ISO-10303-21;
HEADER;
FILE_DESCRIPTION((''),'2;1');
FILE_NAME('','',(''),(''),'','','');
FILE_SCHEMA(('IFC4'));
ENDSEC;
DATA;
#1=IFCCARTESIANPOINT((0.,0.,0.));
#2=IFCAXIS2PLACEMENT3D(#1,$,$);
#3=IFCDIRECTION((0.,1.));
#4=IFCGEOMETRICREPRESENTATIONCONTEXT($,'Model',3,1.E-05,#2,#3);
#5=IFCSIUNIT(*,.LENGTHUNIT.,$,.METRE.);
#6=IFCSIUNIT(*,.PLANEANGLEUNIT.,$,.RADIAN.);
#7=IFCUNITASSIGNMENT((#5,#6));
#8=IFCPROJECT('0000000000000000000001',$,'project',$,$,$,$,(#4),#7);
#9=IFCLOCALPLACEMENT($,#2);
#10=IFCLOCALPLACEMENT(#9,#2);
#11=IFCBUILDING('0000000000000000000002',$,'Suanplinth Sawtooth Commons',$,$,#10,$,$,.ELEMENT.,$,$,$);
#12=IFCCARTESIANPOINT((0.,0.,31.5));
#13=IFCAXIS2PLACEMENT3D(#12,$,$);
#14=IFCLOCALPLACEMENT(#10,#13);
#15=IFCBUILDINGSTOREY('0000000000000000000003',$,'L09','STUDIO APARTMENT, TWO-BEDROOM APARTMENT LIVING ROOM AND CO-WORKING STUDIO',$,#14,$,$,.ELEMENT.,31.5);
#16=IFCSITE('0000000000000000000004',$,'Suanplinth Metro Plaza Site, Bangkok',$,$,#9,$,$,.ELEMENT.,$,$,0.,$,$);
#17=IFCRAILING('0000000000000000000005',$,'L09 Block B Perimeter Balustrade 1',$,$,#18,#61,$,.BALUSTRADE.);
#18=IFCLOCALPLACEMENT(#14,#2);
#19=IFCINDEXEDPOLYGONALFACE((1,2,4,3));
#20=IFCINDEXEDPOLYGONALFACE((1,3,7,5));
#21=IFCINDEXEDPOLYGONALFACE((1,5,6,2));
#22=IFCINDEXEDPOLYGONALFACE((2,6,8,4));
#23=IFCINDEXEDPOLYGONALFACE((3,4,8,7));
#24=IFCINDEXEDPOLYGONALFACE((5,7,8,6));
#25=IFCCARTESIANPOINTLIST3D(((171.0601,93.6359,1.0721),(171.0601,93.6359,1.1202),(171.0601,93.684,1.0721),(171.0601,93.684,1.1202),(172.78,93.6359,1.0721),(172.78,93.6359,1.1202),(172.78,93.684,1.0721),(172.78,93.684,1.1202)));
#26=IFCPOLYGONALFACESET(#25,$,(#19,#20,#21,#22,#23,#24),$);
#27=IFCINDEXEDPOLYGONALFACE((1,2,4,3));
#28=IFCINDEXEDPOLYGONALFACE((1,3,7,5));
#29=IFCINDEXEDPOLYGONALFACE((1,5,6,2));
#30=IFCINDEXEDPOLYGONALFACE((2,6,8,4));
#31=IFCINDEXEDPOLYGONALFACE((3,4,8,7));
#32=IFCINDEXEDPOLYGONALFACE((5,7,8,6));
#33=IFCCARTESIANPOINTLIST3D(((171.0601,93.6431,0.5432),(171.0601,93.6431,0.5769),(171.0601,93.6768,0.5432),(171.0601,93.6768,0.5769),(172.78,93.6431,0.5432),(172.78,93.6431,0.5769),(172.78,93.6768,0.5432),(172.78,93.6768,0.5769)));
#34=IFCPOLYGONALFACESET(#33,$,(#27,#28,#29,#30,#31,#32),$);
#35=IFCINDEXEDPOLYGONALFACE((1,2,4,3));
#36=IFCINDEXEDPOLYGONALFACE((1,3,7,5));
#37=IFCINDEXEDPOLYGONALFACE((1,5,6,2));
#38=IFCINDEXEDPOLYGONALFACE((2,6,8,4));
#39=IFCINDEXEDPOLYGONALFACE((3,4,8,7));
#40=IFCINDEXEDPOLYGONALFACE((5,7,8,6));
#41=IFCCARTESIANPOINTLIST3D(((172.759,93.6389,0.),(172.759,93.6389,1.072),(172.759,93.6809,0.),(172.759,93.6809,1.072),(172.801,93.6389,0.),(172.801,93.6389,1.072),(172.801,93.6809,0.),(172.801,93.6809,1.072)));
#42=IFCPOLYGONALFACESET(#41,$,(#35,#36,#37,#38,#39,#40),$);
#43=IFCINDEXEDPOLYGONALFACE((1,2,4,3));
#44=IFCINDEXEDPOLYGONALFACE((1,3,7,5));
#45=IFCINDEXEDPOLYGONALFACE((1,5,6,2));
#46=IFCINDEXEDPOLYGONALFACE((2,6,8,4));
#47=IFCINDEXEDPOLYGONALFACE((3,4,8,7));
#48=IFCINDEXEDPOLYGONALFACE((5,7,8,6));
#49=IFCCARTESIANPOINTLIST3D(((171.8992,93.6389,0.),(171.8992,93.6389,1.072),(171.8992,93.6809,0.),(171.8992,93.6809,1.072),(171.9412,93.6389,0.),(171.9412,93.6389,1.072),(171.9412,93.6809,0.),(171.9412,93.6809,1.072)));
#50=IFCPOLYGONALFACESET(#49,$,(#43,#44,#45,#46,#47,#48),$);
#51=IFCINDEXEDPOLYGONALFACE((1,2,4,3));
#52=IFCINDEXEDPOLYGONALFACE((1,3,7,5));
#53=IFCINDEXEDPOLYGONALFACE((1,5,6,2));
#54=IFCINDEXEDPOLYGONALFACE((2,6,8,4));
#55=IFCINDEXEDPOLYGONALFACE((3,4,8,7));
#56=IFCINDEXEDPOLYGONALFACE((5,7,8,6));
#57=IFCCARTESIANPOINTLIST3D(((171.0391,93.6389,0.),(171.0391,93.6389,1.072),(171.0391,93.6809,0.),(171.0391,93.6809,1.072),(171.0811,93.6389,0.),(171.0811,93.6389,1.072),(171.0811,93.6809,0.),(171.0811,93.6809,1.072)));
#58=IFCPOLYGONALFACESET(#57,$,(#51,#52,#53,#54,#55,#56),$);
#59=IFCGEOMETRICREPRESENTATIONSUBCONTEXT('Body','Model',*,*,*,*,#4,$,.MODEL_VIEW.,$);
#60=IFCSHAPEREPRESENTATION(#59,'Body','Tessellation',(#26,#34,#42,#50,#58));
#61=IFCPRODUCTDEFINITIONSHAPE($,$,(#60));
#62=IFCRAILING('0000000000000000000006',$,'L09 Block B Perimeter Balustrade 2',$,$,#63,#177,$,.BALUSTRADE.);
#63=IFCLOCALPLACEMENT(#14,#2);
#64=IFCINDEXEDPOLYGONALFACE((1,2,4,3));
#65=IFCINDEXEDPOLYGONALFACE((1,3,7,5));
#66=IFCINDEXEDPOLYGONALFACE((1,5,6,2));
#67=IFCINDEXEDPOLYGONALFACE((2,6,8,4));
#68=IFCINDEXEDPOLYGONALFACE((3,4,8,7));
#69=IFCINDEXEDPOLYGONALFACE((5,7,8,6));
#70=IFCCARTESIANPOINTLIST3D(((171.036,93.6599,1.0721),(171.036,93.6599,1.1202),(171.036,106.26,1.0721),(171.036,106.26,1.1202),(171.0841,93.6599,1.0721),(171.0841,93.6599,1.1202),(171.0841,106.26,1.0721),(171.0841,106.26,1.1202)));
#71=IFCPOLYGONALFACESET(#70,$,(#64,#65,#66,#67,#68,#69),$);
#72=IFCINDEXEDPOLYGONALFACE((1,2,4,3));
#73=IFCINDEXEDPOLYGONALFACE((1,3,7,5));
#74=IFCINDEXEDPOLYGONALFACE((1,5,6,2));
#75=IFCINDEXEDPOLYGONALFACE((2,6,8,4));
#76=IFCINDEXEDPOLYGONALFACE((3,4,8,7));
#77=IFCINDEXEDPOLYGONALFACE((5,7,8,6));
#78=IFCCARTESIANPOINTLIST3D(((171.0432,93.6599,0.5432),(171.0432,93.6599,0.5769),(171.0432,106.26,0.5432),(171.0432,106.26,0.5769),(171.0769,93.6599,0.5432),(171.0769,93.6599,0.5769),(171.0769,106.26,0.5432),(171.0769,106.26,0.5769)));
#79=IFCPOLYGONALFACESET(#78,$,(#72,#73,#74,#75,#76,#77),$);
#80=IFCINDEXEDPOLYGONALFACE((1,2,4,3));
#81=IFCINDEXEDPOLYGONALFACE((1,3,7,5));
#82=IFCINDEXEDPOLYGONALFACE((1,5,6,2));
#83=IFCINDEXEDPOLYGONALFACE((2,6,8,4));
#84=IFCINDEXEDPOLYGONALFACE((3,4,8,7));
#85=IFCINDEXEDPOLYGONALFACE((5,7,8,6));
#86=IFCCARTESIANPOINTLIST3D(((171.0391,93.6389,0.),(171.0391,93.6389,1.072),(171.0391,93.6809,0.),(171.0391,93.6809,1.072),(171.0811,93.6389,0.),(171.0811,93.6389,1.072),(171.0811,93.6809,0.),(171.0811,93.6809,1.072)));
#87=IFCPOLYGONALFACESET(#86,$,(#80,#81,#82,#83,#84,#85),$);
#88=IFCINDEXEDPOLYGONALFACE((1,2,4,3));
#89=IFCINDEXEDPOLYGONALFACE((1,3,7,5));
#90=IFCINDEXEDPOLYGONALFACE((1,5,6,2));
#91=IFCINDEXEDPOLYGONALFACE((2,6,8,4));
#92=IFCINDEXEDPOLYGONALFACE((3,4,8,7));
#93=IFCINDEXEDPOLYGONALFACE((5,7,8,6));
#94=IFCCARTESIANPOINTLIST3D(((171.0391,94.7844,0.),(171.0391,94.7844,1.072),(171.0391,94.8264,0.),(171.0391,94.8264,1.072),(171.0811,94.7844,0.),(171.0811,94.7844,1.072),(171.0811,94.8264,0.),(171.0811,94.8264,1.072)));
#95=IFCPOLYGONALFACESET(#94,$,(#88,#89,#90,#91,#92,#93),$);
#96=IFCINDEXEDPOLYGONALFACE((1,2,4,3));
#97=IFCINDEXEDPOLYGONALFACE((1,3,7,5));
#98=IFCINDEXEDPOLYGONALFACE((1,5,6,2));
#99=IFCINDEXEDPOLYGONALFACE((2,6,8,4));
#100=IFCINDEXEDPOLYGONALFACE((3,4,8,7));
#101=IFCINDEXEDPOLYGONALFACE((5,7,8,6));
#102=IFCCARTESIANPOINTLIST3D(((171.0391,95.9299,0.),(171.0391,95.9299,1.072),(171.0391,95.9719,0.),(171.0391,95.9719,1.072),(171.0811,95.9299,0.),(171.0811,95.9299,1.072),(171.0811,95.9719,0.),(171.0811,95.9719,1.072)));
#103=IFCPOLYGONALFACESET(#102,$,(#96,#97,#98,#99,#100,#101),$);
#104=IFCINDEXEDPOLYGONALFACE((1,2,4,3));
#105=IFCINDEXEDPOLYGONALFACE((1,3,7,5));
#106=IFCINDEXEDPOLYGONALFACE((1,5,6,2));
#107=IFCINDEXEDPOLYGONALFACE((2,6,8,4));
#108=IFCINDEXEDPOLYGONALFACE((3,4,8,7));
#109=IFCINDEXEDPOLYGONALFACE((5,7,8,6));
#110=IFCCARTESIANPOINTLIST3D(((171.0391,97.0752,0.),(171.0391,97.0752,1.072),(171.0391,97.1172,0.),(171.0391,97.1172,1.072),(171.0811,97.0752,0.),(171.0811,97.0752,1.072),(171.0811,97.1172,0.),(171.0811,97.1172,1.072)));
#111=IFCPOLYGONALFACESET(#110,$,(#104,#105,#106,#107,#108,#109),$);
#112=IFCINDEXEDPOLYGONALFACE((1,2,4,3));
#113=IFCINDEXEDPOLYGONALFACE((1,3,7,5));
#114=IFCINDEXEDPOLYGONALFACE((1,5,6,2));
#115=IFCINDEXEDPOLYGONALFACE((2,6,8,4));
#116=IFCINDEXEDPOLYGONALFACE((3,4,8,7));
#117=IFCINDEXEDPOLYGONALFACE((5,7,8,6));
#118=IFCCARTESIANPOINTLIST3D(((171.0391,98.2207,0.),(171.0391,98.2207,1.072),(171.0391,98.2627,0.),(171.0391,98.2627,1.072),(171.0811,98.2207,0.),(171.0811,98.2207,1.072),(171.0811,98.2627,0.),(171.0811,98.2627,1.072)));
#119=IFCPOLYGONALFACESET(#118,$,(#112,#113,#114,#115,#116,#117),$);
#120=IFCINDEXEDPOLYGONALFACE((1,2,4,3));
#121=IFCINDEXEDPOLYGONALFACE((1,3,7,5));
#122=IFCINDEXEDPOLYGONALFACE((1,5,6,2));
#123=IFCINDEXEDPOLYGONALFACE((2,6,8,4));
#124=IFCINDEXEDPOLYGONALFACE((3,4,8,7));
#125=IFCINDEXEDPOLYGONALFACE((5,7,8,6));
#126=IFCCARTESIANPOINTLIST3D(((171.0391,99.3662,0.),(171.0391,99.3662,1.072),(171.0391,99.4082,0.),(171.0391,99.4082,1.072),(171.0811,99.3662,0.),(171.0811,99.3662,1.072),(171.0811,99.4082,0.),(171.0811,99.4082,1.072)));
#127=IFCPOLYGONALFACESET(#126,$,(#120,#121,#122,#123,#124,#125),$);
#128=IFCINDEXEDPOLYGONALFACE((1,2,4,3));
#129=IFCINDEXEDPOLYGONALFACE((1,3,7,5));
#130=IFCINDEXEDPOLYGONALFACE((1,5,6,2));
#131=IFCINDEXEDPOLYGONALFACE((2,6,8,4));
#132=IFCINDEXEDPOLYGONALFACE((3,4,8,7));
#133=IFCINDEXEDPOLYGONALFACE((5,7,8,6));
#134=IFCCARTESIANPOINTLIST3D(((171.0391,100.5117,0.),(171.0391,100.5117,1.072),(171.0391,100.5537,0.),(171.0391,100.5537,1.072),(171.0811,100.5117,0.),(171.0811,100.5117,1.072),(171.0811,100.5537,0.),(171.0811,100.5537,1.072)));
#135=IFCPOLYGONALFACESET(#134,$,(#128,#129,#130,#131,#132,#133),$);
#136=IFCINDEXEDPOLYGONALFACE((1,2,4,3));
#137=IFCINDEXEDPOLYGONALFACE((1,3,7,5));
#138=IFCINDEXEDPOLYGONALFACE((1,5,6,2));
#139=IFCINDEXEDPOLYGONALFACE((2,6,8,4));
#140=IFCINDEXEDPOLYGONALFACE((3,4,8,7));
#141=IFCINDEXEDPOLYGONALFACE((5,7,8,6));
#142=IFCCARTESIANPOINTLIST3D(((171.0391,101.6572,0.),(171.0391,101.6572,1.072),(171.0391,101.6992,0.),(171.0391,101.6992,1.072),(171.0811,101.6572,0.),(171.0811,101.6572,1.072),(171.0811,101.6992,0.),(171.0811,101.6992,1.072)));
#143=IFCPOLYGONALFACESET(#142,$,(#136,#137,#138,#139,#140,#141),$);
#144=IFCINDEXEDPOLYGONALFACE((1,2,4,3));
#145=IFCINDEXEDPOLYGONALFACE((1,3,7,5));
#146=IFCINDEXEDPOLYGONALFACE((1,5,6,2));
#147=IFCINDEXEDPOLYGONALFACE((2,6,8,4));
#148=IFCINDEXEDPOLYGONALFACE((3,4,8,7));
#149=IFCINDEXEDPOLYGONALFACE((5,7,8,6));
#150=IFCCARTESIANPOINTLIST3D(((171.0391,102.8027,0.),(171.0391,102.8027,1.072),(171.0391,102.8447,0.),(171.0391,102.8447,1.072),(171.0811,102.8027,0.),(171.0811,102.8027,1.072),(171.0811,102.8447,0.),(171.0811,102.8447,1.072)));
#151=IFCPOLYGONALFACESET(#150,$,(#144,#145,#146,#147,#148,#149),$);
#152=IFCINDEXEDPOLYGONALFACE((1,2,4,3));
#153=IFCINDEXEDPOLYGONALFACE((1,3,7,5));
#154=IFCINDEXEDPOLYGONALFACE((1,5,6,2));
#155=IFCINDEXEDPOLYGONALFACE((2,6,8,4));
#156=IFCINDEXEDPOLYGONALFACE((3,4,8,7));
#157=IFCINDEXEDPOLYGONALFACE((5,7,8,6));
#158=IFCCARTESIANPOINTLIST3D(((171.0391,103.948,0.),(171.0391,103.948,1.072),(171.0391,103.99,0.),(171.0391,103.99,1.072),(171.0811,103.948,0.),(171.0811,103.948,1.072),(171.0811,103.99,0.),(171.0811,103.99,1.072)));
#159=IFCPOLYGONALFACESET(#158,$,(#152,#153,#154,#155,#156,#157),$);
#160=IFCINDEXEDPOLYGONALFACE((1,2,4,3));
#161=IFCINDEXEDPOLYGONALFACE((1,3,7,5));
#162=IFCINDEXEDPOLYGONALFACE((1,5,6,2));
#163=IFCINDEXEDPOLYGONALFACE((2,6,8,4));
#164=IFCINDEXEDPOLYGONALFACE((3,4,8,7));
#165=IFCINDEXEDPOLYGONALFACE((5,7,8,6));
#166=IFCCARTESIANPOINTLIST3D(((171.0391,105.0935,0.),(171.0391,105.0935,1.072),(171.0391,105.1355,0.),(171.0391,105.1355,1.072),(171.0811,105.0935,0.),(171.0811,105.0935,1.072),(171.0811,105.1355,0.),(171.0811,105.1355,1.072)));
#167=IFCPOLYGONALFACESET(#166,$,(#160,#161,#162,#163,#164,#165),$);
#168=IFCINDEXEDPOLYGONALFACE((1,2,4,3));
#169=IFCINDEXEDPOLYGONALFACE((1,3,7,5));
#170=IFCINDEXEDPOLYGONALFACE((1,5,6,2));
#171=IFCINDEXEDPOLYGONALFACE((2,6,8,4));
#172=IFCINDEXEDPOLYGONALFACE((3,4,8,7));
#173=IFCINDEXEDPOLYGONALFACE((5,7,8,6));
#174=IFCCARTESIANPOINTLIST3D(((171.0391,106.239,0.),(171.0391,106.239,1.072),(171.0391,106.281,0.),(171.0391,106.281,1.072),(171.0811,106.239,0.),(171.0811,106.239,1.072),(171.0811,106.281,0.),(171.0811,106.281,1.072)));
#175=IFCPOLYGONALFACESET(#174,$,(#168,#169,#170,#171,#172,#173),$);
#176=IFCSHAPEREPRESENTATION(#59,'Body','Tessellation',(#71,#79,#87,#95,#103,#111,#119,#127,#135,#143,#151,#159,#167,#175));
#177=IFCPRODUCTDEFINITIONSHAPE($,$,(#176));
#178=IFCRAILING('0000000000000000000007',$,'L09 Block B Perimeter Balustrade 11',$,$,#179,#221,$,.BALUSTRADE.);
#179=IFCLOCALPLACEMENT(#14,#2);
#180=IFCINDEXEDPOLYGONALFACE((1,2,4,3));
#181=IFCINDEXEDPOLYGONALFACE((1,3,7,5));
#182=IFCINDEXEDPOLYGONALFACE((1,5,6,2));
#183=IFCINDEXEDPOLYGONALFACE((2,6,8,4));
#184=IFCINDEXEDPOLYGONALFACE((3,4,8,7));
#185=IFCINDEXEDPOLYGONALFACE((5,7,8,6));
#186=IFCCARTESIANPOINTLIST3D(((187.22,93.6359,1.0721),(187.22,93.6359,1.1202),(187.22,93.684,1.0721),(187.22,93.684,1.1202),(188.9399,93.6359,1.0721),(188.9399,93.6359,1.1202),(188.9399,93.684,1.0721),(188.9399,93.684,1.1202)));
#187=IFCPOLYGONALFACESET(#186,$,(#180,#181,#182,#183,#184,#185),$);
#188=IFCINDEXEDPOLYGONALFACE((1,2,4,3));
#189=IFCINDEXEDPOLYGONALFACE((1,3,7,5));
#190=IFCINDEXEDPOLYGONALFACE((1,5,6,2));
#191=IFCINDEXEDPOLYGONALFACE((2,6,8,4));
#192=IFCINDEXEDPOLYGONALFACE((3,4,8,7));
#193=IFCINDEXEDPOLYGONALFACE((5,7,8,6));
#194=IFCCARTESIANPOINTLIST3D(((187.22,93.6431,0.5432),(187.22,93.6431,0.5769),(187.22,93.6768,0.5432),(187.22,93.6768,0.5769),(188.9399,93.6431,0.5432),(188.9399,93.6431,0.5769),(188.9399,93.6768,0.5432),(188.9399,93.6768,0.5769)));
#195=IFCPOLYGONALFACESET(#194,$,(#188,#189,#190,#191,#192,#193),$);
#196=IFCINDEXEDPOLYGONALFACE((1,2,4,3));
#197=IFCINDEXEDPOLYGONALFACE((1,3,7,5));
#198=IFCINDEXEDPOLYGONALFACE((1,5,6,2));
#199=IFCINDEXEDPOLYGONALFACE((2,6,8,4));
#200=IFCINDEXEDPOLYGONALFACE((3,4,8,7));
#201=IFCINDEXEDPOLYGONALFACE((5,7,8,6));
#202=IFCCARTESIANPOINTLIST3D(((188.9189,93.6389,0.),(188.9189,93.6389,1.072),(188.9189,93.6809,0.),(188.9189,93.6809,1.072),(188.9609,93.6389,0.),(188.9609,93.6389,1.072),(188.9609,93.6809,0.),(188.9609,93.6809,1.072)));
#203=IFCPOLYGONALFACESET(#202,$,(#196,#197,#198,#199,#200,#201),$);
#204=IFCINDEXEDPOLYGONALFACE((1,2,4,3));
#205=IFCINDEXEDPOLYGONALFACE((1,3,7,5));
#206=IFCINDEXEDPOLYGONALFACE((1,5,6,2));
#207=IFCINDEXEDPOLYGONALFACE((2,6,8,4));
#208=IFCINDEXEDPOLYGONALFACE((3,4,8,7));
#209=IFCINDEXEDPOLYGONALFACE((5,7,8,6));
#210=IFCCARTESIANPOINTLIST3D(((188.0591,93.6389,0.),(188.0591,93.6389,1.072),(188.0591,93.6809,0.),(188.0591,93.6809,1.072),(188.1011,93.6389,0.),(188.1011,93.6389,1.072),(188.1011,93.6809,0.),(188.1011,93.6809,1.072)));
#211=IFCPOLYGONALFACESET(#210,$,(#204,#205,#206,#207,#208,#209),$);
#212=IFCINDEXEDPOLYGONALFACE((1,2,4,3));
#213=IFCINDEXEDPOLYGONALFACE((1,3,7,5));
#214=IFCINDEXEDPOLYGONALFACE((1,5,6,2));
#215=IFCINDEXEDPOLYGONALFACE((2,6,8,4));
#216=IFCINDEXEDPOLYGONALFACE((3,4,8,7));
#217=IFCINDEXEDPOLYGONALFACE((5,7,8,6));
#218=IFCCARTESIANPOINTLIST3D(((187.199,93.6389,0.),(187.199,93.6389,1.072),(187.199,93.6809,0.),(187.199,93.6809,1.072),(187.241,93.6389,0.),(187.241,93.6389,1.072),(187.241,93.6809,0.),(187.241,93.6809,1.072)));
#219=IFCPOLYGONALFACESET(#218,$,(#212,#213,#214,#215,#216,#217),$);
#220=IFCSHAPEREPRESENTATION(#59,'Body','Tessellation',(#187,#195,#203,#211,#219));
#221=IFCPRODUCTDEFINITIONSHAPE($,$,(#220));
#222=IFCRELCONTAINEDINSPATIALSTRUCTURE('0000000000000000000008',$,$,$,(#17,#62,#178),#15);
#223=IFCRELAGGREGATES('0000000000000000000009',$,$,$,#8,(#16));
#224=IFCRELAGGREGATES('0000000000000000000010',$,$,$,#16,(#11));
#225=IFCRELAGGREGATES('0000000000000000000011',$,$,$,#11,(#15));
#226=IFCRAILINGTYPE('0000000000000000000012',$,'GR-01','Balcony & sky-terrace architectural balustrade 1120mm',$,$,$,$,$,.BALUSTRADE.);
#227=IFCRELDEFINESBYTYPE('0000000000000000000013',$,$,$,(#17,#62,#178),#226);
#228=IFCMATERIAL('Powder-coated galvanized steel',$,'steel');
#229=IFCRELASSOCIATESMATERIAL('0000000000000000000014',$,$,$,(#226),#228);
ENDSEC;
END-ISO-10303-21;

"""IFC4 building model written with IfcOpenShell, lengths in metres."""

from ifc_helpers import new_model, si_unit, direction, frame, origin, origin_2d, place, context, subcontext, project, spatial, rectangle, extrude, material, type_object, element, save


model = new_model("IFC4")

# Units and contexts
model_context = context("Model", 3, precision=1e-05, world=origin(), true_north=direction((0.0, 1.0)))
body_context = subcontext(model_context, "Body", "Model", "MODEL_VIEW")
ifc_project = project(units=[si_unit("LENGTHUNIT", "METRE"), si_unit("PLANEANGLEUNIT", "RADIAN")], contexts=[model_context])

# Site, building, storey
site_placement = place(None, origin())
site = spatial("IfcSite", under=ifc_project, at=site_placement, Name="Suanplinth Metro Plaza Site, Bangkok", CompositionType="ELEMENT", RefElevation=0.0)
building_placement = place(site_placement, origin())
building = spatial("IfcBuilding", under=site, at=building_placement, Name="Suanplinth Sawtooth Commons", CompositionType="ELEMENT")
storey_placement = place(building_placement, frame((0.0, 0.0, 31.5)))
storey = spatial("IfcBuildingStorey", under=building, at=storey_placement, Name="L09", Description="STUDIO APARTMENT, TWO-BEDROOM APARTMENT LIVING ROOM AND CO-WORKING STUDIO", CompositionType="ELEMENT", Elevation=31.5)

# Railings
ifc_material_1 = material(Name="Powder-coated galvanized steel", Category="steel")
railing_type = type_object("IfcRailingType", Name="GR-01", Description="Balcony & sky-terrace architectural balustrade 1120mm", PredefinedType="BALUSTRADE", material=ifc_material_1)
railing_1_placement = place(storey_placement, frame((172.78, 93.6599, 0.0)))
element("IfcRailing", 1, at=railing_1_placement, inside=storey, type_object=railing_type, Name="L09 Block B Perimeter Balustrade 1", PredefinedType="BALUSTRADE", context=body_context, shape_type="SweptSolid", body=[
    extrude(rectangle(XDim=0.0481, YDim=0.0481, at=origin_2d()), frame((0.0, 0.0, 1.0962), z_axis=(-1.0, 0.0, 0.0), x_axis=(0.0, -1.0, 0.0)), (0.0, 0.0, 1.0), 1.72),
    extrude(rectangle(XDim=0.0337, YDim=0.0337, at=origin_2d()), frame((0.0, 0.0, 0.5601), z_axis=(-1.0, 0.0, 0.0), x_axis=(0.0, -1.0, 0.0)), (0.0, 0.0, 1.0), 1.72),
    extrude(rectangle(XDim=0.042, YDim=0.042, at=origin_2d()), origin(), (0.0, 0.0, 1.0), 1.072),
    extrude(rectangle(XDim=0.042, YDim=0.042, at=origin_2d()), frame((-0.8599, 0.0, 0.0)), (0.0, 0.0, 1.0), 1.072),
    extrude(rectangle(XDim=0.042, YDim=0.042, at=origin_2d()), frame((-1.72, 0.0, 0.0)), (0.0, 0.0, 1.0), 1.072),
])
railing_2_placement = place(storey_placement, frame((171.0601, 93.6599, 0.0)))
element("IfcRailing", 2, at=railing_2_placement, inside=storey, type_object=railing_type, Name="L09 Block B Perimeter Balustrade 2", PredefinedType="BALUSTRADE", context=body_context, shape_type="SweptSolid", body=[
    extrude(rectangle(XDim=0.0481, YDim=0.0481, at=origin_2d()), frame((0.0, 0.0, 1.0962), z_axis=(0.0, 1.0, 0.0), x_axis=(-1.0, 0.0, 0.0)), (0.0, 0.0, 1.0), 12.6001),
    extrude(rectangle(XDim=0.0337, YDim=0.0337, at=origin_2d()), frame((0.0, 0.0, 0.5601), z_axis=(0.0, 1.0, 0.0), x_axis=(-1.0, 0.0, 0.0)), (0.0, 0.0, 1.0), 12.6001),
    extrude(rectangle(XDim=0.042, YDim=0.042, at=origin_2d()), origin(), (0.0, 0.0, 1.0), 1.072),
    extrude(rectangle(XDim=0.042, YDim=0.042, at=origin_2d()), frame((0.0, 1.1455, 0.0)), (0.0, 0.0, 1.0), 1.072),
    extrude(rectangle(XDim=0.042, YDim=0.042, at=origin_2d()), frame((0.0, 2.291, 0.0)), (0.0, 0.0, 1.0), 1.072),
    extrude(rectangle(XDim=0.042, YDim=0.042, at=origin_2d()), frame((0.0, 3.4363, 0.0)), (0.0, 0.0, 1.0), 1.072),
    extrude(rectangle(XDim=0.042, YDim=0.042, at=origin_2d()), frame((0.0, 4.5818, 0.0)), (0.0, 0.0, 1.0), 1.072),
    extrude(rectangle(XDim=0.042, YDim=0.042, at=origin_2d()), frame((0.0, 5.7273, 0.0)), (0.0, 0.0, 1.0), 1.072),
    extrude(rectangle(XDim=0.042, YDim=0.042, at=origin_2d()), frame((0.0, 6.8728, 0.0)), (0.0, 0.0, 1.0), 1.072),
    extrude(rectangle(XDim=0.042, YDim=0.042, at=origin_2d()), frame((0.0, 8.0183, 0.0)), (0.0, 0.0, 1.0), 1.072),
    extrude(rectangle(XDim=0.042, YDim=0.042, at=origin_2d()), frame((0.0, 9.1638, 0.0)), (0.0, 0.0, 1.0), 1.072),
    extrude(rectangle(XDim=0.042, YDim=0.042, at=origin_2d()), frame((0.0, 10.3091, 0.0)), (0.0, 0.0, 1.0), 1.072),
    extrude(rectangle(XDim=0.042, YDim=0.042, at=origin_2d()), frame((0.0, 11.4546, 0.0)), (0.0, 0.0, 1.0), 1.072),
    extrude(rectangle(XDim=0.042, YDim=0.042, at=origin_2d()), frame((0.0, 12.6001, 0.0)), (0.0, 0.0, 1.0), 1.072),
])
railing_3_placement = place(storey_placement, frame((188.9399, 93.6599, 0.0)))
element("IfcRailing", 3, at=railing_3_placement, inside=storey, type_object=railing_type, Name="L09 Block B Perimeter Balustrade 11", PredefinedType="BALUSTRADE", context=body_context, shape_type="SweptSolid", body=[
    extrude(rectangle(XDim=0.0481, YDim=0.0481, at=origin_2d()), frame((0.0, 0.0, 1.0962), z_axis=(-1.0, 0.0, 0.0), x_axis=(0.0, -1.0, 0.0)), (0.0, 0.0, 1.0), 1.72),
    extrude(rectangle(XDim=0.0337, YDim=0.0337, at=origin_2d()), frame((0.0, 0.0, 0.5601), z_axis=(-1.0, 0.0, 0.0), x_axis=(0.0, -1.0, 0.0)), (0.0, 0.0, 1.0), 1.72),
    extrude(rectangle(XDim=0.042, YDim=0.042, at=origin_2d()), origin(), (0.0, 0.0, 1.0), 1.072),
    extrude(rectangle(XDim=0.042, YDim=0.042, at=origin_2d()), frame((-0.8599, 0.0, 0.0)), (0.0, 0.0, 1.0), 1.072),
    extrude(rectangle(XDim=0.042, YDim=0.042, at=origin_2d()), frame((-1.72, 0.0, 0.0)), (0.0, 0.0, 1.0), 1.072),
])

save(model, "model.ifc")
